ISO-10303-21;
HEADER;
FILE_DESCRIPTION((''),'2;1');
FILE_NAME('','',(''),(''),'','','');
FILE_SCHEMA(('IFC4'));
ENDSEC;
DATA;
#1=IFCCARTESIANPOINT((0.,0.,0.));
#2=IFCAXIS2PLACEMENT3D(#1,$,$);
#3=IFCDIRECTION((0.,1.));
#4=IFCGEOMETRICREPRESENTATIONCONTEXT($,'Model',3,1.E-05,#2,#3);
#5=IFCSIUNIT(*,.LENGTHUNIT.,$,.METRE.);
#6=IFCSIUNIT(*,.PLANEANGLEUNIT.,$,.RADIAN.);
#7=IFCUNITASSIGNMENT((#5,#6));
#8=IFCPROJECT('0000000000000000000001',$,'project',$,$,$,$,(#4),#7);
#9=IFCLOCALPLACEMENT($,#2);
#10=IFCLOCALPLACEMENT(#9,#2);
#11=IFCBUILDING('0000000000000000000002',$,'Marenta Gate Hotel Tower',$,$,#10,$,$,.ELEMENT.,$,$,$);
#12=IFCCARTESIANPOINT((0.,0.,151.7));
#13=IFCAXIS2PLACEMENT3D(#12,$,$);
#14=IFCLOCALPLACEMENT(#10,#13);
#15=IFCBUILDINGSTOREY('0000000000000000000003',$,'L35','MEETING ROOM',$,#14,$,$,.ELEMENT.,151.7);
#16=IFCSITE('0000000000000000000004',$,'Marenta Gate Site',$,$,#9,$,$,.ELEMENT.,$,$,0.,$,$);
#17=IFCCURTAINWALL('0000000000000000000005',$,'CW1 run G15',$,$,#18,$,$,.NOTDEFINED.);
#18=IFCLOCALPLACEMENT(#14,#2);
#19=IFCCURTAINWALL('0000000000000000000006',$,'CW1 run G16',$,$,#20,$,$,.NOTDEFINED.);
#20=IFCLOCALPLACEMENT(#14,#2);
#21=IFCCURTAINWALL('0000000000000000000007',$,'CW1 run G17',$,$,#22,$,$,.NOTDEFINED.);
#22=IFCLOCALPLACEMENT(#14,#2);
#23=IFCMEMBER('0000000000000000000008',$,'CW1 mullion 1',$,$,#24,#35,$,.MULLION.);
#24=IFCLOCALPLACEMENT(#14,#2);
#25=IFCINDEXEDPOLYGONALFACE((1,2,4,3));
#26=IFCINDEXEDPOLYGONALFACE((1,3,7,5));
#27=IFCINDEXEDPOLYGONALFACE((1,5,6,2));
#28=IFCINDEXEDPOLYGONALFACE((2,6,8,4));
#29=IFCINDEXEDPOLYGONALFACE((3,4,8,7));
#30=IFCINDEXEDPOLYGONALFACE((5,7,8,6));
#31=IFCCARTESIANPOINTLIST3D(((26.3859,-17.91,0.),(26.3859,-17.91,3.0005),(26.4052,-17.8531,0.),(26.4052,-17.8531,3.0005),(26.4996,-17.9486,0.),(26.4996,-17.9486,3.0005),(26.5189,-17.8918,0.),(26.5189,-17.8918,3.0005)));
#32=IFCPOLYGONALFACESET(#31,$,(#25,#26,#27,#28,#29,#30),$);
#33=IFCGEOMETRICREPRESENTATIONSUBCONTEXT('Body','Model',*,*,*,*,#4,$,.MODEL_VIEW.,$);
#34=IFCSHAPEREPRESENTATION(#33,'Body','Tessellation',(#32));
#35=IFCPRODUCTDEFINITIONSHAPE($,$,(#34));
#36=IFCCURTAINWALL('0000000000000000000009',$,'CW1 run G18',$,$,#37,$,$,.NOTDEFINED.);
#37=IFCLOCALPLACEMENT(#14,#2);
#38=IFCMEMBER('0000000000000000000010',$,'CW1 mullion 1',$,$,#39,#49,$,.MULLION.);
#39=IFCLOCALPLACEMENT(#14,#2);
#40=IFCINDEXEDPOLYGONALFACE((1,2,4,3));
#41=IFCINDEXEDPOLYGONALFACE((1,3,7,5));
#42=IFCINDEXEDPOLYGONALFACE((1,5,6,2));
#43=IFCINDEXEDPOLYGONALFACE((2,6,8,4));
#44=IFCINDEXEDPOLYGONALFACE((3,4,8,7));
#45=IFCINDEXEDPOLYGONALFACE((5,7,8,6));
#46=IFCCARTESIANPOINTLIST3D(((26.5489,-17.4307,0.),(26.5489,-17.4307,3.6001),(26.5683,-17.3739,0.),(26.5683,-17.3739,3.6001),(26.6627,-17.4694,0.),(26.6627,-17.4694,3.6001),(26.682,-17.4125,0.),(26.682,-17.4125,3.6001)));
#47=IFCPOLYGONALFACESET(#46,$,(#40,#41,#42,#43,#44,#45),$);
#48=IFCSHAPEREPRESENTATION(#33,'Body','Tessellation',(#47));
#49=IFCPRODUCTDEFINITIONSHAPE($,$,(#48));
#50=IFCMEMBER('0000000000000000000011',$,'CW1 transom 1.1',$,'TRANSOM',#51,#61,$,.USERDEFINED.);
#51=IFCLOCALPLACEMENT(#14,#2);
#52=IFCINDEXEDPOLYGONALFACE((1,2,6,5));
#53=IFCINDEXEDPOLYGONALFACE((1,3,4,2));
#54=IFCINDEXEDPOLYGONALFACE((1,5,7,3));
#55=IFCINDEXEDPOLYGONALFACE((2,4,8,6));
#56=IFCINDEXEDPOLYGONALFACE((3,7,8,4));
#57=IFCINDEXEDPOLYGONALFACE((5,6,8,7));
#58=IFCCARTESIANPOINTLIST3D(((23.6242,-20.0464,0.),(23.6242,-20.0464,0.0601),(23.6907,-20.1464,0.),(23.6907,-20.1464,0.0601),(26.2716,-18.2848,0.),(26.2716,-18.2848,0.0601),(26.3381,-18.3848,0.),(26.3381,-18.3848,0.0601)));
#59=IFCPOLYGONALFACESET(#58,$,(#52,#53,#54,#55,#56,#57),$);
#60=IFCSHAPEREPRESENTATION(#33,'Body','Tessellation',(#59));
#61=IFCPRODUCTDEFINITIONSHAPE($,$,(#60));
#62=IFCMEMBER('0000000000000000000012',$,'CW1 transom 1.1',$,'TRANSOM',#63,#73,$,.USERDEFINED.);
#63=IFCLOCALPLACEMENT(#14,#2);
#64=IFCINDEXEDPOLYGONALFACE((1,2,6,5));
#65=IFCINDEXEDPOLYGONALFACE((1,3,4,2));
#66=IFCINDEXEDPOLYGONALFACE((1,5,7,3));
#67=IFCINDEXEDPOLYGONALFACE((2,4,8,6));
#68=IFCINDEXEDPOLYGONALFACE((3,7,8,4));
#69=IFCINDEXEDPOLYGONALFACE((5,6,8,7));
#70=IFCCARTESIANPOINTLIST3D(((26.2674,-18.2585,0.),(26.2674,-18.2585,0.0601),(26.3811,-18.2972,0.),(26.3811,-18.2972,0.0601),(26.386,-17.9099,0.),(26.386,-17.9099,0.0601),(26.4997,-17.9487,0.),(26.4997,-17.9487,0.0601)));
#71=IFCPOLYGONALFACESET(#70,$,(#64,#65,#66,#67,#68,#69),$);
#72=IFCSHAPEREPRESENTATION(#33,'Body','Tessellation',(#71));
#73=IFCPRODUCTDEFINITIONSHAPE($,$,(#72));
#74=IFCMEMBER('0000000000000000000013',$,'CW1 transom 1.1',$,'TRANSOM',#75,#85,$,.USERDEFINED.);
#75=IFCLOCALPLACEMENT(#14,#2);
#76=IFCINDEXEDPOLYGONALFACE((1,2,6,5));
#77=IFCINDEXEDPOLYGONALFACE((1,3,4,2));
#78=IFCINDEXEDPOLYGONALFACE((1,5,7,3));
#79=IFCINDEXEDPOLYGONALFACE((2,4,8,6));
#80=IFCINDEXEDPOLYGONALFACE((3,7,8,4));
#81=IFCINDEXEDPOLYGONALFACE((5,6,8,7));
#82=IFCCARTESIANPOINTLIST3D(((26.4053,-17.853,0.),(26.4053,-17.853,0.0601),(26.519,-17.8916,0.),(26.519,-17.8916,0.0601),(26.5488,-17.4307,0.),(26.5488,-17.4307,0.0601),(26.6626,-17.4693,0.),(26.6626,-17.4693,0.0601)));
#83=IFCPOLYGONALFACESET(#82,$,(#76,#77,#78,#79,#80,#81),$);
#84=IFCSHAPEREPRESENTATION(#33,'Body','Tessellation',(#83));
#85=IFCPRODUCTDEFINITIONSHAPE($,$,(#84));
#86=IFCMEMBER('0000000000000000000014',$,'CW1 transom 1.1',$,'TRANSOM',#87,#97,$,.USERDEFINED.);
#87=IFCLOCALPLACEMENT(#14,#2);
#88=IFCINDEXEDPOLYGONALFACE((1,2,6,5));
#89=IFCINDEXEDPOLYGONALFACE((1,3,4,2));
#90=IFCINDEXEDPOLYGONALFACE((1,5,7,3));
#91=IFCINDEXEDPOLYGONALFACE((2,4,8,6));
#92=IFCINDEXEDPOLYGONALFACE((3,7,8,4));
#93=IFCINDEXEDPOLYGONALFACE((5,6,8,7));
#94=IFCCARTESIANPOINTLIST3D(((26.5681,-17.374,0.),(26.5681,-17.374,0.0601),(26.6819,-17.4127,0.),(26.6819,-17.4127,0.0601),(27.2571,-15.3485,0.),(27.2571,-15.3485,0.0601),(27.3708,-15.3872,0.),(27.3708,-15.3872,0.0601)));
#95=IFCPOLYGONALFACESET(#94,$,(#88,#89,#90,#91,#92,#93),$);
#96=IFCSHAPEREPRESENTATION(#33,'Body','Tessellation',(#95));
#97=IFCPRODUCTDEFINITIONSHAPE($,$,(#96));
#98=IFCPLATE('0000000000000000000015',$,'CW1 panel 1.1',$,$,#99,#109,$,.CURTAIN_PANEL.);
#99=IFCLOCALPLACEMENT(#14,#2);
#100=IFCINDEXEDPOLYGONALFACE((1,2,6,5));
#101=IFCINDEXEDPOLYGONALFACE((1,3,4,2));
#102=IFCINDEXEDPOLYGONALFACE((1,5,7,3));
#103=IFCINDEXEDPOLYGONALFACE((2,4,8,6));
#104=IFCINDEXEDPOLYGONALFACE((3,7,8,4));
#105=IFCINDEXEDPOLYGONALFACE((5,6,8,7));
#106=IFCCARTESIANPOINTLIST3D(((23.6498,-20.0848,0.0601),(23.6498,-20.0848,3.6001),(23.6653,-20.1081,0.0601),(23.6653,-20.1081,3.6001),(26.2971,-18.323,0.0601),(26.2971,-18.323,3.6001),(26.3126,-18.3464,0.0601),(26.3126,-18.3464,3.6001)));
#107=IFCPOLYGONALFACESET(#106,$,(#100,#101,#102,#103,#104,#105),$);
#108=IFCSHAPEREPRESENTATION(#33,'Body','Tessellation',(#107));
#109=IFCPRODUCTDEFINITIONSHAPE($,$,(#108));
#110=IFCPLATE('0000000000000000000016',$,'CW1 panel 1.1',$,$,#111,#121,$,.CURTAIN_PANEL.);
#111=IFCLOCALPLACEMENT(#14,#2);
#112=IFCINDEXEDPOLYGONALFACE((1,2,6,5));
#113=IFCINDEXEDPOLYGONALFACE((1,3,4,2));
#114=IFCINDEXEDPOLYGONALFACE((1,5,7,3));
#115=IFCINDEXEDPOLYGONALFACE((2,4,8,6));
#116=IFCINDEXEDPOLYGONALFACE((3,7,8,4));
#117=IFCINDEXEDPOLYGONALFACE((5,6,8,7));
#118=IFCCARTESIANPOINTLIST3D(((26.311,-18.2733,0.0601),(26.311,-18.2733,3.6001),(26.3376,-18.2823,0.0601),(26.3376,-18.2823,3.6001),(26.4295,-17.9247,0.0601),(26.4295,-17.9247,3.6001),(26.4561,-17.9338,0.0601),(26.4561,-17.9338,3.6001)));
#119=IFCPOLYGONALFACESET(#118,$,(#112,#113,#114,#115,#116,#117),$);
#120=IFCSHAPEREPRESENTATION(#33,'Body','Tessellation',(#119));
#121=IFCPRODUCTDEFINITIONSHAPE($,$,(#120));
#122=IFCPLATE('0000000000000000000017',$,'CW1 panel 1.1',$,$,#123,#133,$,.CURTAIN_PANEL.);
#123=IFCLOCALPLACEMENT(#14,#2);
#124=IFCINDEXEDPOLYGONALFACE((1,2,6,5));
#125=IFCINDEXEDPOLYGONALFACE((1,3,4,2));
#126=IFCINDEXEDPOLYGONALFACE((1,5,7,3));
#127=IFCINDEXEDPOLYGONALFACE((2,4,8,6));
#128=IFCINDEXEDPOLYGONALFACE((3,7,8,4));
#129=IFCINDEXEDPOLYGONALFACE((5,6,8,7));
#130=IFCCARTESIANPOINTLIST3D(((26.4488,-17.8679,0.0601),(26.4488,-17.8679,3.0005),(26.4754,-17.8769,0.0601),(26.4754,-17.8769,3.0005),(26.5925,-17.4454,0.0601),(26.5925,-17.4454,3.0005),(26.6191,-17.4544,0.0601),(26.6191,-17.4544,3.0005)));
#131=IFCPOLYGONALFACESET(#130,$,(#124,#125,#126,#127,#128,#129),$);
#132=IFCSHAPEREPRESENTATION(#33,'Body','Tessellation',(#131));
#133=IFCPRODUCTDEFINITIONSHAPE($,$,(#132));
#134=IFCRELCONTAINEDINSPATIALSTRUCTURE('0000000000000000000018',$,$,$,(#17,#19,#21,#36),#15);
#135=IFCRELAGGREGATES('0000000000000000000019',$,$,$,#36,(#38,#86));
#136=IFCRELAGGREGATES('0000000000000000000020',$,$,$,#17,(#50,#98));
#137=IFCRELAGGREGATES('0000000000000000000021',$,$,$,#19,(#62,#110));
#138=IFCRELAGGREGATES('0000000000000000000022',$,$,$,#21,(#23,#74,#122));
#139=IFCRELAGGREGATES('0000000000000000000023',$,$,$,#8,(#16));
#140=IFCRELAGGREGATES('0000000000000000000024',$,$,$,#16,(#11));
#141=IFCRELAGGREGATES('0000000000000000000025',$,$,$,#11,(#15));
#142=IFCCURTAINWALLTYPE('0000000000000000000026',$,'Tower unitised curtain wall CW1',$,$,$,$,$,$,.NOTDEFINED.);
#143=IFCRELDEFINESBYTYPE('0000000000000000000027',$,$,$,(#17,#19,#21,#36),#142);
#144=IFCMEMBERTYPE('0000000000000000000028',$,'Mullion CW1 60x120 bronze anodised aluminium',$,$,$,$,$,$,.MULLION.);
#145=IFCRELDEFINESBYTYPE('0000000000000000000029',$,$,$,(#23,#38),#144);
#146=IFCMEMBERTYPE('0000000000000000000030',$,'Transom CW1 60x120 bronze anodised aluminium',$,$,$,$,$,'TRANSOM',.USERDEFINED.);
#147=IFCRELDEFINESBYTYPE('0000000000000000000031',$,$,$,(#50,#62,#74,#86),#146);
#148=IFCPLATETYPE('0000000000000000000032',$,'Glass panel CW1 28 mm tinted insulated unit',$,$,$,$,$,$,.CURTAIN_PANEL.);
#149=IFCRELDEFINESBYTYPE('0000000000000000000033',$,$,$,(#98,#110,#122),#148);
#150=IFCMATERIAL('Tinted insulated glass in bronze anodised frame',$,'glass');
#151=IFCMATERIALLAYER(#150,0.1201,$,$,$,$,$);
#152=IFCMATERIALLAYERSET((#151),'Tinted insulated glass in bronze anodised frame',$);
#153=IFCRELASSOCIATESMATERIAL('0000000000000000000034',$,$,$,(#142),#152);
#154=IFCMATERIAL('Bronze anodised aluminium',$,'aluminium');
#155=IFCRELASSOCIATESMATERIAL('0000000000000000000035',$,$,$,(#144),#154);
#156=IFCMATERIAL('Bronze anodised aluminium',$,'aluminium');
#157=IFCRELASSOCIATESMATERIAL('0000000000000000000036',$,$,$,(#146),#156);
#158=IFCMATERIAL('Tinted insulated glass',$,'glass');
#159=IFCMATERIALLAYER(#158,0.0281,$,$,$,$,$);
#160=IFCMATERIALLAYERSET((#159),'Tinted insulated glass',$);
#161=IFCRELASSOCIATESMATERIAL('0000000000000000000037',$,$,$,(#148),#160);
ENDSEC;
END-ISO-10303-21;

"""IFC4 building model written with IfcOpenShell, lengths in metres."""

from ifc_helpers import new_model, si_unit, direction, frame, origin, origin_2d, place, context, subcontext, project, spatial, rectangle, extrude, material, layer, layer_set, material_profile, profile_set, type_object, element, aggregate, save


model = new_model("IFC4")

# Units and contexts
model_context = context("Model", 3, precision=1e-05, world=origin(), true_north=direction((0.0, 1.0)))
body_context = subcontext(model_context, "Body", "Model", "MODEL_VIEW")
ifc_project = project(units=[si_unit("LENGTHUNIT", "METRE"), si_unit("PLANEANGLEUNIT", "RADIAN")], contexts=[model_context])

# Site, building, storey
site_placement = place(None, origin())
site = spatial("IfcSite", under=ifc_project, at=site_placement, Name="Marenta Gate Site", CompositionType="ELEMENT", RefElevation=0.0)
building_placement = place(site_placement, origin())
building = spatial("IfcBuilding", under=site, at=building_placement, Name="Marenta Gate Hotel Tower", CompositionType="ELEMENT")
storey_placement = place(building_placement, frame((0.0, 0.0, 151.7)))
storey = spatial("IfcBuildingStorey", under=building, at=storey_placement, Name="L35", Description="MEETING ROOM", CompositionType="ELEMENT", Elevation=151.7)

# Curtain walls, members
ifc_material_1 = material(Name="Tinted insulated glass in bronze anodised frame", Category="glass")
ifc_layer_1 = layer(ifc_material_1, 0.1201)
ifc_layer_set_1 = layer_set([ifc_layer_1], Name="Tinted insulated glass in bronze anodised frame")
curtain_wall_type = type_object("IfcCurtainWallType", Name="Tower unitised curtain wall CW1", PredefinedType="NOTDEFINED", material=ifc_layer_set_1)
curtain_wall_1_placement = place(storey_placement, origin())
curtain_wall_1 = element("IfcCurtainWall", 1, at=curtain_wall_1_placement, inside=storey, type_object=curtain_wall_type, Name="CW1 run G15", PredefinedType="NOTDEFINED")
ifc_material_2 = material(Name="Bronze anodised aluminium", Category="aluminium")
ifc_material_profile_1 = material_profile(ifc_material_2, rectangle(XDim=0.1201, YDim=0.0601, at=origin_2d()), Name="Mullion CW1 60x120 bronze anodised aluminium")
ifc_profile_set_1 = profile_set([ifc_material_profile_1], Name="Bronze anodised aluminium")
member_type_1 = type_object("IfcMemberType", Name="Mullion CW1 60x120 bronze anodised aluminium", PredefinedType="MULLION", material=ifc_profile_set_1)
curtain_wall_2_placement = place(storey_placement, origin())
curtain_wall_2 = element("IfcCurtainWall", 2, at=curtain_wall_2_placement, inside=storey, type_object=curtain_wall_type, Name="CW1 run G16", PredefinedType="NOTDEFINED")
curtain_wall_3_placement = place(storey_placement, origin())
curtain_wall_3 = element("IfcCurtainWall", 3, at=curtain_wall_3_placement, inside=storey, type_object=curtain_wall_type, Name="CW1 run G17", PredefinedType="NOTDEFINED")
member_1_placement = place(storey_placement, frame((26.4524, -17.9009, 0.0), z_axis=(0.0, 0.0, 1.0), x_axis=(-0.946729, 0.32203, 0.0)))
member_1 = element("IfcMember", 4, at=member_1_placement, type_object=member_type_1, Name="CW1 mullion 1", PredefinedType="MULLION", context=body_context, shape_type="SweptSolid", body=[
    extrude(rectangle(XDim=0.1201, YDim=0.0601, at=origin_2d()), origin(), (0.0, 0.0, 1.0), 3.0005),
])
curtain_wall_4_placement = place(storey_placement, origin())
curtain_wall_4 = element("IfcCurtainWall", 5, at=curtain_wall_4_placement, inside=storey, type_object=curtain_wall_type, Name="CW1 run G18", PredefinedType="NOTDEFINED")
member_2_placement = place(storey_placement, frame((26.6155, -17.4216, 0.0), z_axis=(0.0, 0.0, 1.0), x_axis=(-0.946728, 0.322033, 0.0)))
member_2 = element("IfcMember", 6, at=member_2_placement, type_object=member_type_1, Name="CW1 mullion 1", PredefinedType="MULLION", context=body_context, shape_type="SweptSolid", body=[
    extrude(rectangle(XDim=0.1201, YDim=0.0601, at=origin_2d()), origin(), (0.0, 0.0, 1.0), 3.6001),
])

# Members
ifc_material_3 = material(Name="Bronze anodised aluminium", Category="aluminium")
ifc_material_profile_2 = material_profile(ifc_material_3, rectangle(XDim=0.1201, YDim=0.0601, at=origin_2d()), Name="Transom CW1 60x120 bronze anodised aluminium")
ifc_profile_set_2 = profile_set([ifc_material_profile_2], Name="Bronze anodised aluminium")
member_type_2 = type_object("IfcMemberType", Name="Transom CW1 60x120 bronze anodised aluminium", ElementType="TRANSOM", PredefinedType="USERDEFINED", material=ifc_profile_set_2)
member_3_placement = place(storey_placement, frame((23.6575, -20.0964, 0.03), z_axis=(0.832522, 0.553991, 0.0), x_axis=(-0.553991, 0.832522, 0.0)))
member_3 = element("IfcMember", 7, at=member_3_placement, type_object=member_type_2, Name="CW1 transom 1.1", ObjectType="TRANSOM", PredefinedType="USERDEFINED", context=body_context, shape_type="SweptSolid", body=[
    extrude(rectangle(XDim=0.1201, YDim=0.0601, at=origin_2d()), origin(), (0.0, 0.0, 1.0), 3.1799),
])
member_4_placement = place(storey_placement, frame((26.3242, -18.2778, 0.03), z_axis=(0.322188, 0.946676, 0.0), x_axis=(-0.946676, 0.322188, 0.0)))
member_4 = element("IfcMember", 8, at=member_4_placement, type_object=member_type_2, Name="CW1 transom 1.1", ObjectType="TRANSOM", PredefinedType="USERDEFINED", context=body_context, shape_type="SweptSolid", body=[
    extrude(rectangle(XDim=0.1201, YDim=0.0601, at=origin_2d()), origin(), (0.0, 0.0, 1.0), 0.3682),
])
member_5_placement = place(storey_placement, frame((26.4622, -17.8723, 0.03), z_axis=(0.321805, 0.946806, 0.0), x_axis=(-0.946806, 0.321805, 0.0)))
member_5 = element("IfcMember", 9, at=member_5_placement, type_object=member_type_2, Name="CW1 transom 1.1", ObjectType="TRANSOM", PredefinedType="USERDEFINED", context=body_context, shape_type="SweptSolid", body=[
    extrude(rectangle(XDim=0.1201, YDim=0.0601, at=origin_2d()), origin(), (0.0, 0.0, 1.0), 0.446),
])
member_6_placement = place(storey_placement, frame((26.625, -17.3933, 0.03), z_axis=(0.322042, 0.946725, 0.0), x_axis=(-0.946725, 0.322042, 0.0)))
member_6 = element("IfcMember", 10, at=member_6_placement, type_object=member_type_2, Name="CW1 transom 1.1", ObjectType="TRANSOM", PredefinedType="USERDEFINED", context=body_context, shape_type="SweptSolid", body=[
    extrude(rectangle(XDim=0.1201, YDim=0.0601, at=origin_2d()), origin(), (0.0, 0.0, 1.0), 2.1394),
])
aggregate(curtain_wall_4, [member_2, member_6])

# Plates
ifc_material_4 = material(Name="Tinted insulated glass", Category="glass")
ifc_layer_2 = layer(ifc_material_4, 0.0281)
ifc_layer_set_2 = layer_set([ifc_layer_2], Name="Tinted insulated glass")
plate_type = type_object("IfcPlateType", Name="Glass panel CW1 28 mm tinted insulated unit", PredefinedType="CURTAIN_PANEL", material=ifc_layer_set_2)
plate_1_placement = place(storey_placement, frame((24.9812, -19.2156, 0.0601), z_axis=(0.0, 0.0, 1.0), x_axis=(0.832506, 0.554016, 0.0)))
plate_1 = element("IfcPlate", 11, at=plate_1_placement, type_object=plate_type, Name="CW1 panel 1.1", PredefinedType="CURTAIN_PANEL", context=body_context, shape_type="SweptSolid", body=[
    extrude(rectangle(XDim=3.1799, YDim=0.0281, at=origin_2d()), origin(), (0.0, 0.0, 1.0), 3.54),
])
aggregate(curtain_wall_1, [member_3, plate_1])
plate_2_placement = place(storey_placement, frame((26.3835, -18.1035, 0.0601), z_axis=(0.0, 0.0, 1.0), x_axis=(0.322037, 0.946727, 0.0)))
plate_2 = element("IfcPlate", 12, at=plate_2_placement, type_object=plate_type, Name="CW1 panel 1.1", PredefinedType="CURTAIN_PANEL", context=body_context, shape_type="SweptSolid", body=[
    extrude(rectangle(XDim=0.3682, YDim=0.0281, at=origin_2d()), origin(), (0.0, 0.0, 1.0), 3.54),
])
aggregate(curtain_wall_2, [member_4, plate_2])
plate_3_placement = place(storey_placement, frame((26.5339, -17.6611, 0.0601), z_axis=(0.0, 0.0, 1.0), x_axis=(0.32203, 0.946729, 0.0)))
plate_3 = element("IfcPlate", 13, at=plate_3_placement, type_object=plate_type, Name="CW1 panel 1.1", PredefinedType="CURTAIN_PANEL", context=body_context, shape_type="SweptSolid", body=[
    extrude(rectangle(XDim=0.4463, YDim=0.0281, at=origin_2d()), origin(), (0.0, 0.0, 1.0), 2.9404),
])
aggregate(curtain_wall_3, [member_1, member_5, plate_3])

save(model, "model.ifc")
